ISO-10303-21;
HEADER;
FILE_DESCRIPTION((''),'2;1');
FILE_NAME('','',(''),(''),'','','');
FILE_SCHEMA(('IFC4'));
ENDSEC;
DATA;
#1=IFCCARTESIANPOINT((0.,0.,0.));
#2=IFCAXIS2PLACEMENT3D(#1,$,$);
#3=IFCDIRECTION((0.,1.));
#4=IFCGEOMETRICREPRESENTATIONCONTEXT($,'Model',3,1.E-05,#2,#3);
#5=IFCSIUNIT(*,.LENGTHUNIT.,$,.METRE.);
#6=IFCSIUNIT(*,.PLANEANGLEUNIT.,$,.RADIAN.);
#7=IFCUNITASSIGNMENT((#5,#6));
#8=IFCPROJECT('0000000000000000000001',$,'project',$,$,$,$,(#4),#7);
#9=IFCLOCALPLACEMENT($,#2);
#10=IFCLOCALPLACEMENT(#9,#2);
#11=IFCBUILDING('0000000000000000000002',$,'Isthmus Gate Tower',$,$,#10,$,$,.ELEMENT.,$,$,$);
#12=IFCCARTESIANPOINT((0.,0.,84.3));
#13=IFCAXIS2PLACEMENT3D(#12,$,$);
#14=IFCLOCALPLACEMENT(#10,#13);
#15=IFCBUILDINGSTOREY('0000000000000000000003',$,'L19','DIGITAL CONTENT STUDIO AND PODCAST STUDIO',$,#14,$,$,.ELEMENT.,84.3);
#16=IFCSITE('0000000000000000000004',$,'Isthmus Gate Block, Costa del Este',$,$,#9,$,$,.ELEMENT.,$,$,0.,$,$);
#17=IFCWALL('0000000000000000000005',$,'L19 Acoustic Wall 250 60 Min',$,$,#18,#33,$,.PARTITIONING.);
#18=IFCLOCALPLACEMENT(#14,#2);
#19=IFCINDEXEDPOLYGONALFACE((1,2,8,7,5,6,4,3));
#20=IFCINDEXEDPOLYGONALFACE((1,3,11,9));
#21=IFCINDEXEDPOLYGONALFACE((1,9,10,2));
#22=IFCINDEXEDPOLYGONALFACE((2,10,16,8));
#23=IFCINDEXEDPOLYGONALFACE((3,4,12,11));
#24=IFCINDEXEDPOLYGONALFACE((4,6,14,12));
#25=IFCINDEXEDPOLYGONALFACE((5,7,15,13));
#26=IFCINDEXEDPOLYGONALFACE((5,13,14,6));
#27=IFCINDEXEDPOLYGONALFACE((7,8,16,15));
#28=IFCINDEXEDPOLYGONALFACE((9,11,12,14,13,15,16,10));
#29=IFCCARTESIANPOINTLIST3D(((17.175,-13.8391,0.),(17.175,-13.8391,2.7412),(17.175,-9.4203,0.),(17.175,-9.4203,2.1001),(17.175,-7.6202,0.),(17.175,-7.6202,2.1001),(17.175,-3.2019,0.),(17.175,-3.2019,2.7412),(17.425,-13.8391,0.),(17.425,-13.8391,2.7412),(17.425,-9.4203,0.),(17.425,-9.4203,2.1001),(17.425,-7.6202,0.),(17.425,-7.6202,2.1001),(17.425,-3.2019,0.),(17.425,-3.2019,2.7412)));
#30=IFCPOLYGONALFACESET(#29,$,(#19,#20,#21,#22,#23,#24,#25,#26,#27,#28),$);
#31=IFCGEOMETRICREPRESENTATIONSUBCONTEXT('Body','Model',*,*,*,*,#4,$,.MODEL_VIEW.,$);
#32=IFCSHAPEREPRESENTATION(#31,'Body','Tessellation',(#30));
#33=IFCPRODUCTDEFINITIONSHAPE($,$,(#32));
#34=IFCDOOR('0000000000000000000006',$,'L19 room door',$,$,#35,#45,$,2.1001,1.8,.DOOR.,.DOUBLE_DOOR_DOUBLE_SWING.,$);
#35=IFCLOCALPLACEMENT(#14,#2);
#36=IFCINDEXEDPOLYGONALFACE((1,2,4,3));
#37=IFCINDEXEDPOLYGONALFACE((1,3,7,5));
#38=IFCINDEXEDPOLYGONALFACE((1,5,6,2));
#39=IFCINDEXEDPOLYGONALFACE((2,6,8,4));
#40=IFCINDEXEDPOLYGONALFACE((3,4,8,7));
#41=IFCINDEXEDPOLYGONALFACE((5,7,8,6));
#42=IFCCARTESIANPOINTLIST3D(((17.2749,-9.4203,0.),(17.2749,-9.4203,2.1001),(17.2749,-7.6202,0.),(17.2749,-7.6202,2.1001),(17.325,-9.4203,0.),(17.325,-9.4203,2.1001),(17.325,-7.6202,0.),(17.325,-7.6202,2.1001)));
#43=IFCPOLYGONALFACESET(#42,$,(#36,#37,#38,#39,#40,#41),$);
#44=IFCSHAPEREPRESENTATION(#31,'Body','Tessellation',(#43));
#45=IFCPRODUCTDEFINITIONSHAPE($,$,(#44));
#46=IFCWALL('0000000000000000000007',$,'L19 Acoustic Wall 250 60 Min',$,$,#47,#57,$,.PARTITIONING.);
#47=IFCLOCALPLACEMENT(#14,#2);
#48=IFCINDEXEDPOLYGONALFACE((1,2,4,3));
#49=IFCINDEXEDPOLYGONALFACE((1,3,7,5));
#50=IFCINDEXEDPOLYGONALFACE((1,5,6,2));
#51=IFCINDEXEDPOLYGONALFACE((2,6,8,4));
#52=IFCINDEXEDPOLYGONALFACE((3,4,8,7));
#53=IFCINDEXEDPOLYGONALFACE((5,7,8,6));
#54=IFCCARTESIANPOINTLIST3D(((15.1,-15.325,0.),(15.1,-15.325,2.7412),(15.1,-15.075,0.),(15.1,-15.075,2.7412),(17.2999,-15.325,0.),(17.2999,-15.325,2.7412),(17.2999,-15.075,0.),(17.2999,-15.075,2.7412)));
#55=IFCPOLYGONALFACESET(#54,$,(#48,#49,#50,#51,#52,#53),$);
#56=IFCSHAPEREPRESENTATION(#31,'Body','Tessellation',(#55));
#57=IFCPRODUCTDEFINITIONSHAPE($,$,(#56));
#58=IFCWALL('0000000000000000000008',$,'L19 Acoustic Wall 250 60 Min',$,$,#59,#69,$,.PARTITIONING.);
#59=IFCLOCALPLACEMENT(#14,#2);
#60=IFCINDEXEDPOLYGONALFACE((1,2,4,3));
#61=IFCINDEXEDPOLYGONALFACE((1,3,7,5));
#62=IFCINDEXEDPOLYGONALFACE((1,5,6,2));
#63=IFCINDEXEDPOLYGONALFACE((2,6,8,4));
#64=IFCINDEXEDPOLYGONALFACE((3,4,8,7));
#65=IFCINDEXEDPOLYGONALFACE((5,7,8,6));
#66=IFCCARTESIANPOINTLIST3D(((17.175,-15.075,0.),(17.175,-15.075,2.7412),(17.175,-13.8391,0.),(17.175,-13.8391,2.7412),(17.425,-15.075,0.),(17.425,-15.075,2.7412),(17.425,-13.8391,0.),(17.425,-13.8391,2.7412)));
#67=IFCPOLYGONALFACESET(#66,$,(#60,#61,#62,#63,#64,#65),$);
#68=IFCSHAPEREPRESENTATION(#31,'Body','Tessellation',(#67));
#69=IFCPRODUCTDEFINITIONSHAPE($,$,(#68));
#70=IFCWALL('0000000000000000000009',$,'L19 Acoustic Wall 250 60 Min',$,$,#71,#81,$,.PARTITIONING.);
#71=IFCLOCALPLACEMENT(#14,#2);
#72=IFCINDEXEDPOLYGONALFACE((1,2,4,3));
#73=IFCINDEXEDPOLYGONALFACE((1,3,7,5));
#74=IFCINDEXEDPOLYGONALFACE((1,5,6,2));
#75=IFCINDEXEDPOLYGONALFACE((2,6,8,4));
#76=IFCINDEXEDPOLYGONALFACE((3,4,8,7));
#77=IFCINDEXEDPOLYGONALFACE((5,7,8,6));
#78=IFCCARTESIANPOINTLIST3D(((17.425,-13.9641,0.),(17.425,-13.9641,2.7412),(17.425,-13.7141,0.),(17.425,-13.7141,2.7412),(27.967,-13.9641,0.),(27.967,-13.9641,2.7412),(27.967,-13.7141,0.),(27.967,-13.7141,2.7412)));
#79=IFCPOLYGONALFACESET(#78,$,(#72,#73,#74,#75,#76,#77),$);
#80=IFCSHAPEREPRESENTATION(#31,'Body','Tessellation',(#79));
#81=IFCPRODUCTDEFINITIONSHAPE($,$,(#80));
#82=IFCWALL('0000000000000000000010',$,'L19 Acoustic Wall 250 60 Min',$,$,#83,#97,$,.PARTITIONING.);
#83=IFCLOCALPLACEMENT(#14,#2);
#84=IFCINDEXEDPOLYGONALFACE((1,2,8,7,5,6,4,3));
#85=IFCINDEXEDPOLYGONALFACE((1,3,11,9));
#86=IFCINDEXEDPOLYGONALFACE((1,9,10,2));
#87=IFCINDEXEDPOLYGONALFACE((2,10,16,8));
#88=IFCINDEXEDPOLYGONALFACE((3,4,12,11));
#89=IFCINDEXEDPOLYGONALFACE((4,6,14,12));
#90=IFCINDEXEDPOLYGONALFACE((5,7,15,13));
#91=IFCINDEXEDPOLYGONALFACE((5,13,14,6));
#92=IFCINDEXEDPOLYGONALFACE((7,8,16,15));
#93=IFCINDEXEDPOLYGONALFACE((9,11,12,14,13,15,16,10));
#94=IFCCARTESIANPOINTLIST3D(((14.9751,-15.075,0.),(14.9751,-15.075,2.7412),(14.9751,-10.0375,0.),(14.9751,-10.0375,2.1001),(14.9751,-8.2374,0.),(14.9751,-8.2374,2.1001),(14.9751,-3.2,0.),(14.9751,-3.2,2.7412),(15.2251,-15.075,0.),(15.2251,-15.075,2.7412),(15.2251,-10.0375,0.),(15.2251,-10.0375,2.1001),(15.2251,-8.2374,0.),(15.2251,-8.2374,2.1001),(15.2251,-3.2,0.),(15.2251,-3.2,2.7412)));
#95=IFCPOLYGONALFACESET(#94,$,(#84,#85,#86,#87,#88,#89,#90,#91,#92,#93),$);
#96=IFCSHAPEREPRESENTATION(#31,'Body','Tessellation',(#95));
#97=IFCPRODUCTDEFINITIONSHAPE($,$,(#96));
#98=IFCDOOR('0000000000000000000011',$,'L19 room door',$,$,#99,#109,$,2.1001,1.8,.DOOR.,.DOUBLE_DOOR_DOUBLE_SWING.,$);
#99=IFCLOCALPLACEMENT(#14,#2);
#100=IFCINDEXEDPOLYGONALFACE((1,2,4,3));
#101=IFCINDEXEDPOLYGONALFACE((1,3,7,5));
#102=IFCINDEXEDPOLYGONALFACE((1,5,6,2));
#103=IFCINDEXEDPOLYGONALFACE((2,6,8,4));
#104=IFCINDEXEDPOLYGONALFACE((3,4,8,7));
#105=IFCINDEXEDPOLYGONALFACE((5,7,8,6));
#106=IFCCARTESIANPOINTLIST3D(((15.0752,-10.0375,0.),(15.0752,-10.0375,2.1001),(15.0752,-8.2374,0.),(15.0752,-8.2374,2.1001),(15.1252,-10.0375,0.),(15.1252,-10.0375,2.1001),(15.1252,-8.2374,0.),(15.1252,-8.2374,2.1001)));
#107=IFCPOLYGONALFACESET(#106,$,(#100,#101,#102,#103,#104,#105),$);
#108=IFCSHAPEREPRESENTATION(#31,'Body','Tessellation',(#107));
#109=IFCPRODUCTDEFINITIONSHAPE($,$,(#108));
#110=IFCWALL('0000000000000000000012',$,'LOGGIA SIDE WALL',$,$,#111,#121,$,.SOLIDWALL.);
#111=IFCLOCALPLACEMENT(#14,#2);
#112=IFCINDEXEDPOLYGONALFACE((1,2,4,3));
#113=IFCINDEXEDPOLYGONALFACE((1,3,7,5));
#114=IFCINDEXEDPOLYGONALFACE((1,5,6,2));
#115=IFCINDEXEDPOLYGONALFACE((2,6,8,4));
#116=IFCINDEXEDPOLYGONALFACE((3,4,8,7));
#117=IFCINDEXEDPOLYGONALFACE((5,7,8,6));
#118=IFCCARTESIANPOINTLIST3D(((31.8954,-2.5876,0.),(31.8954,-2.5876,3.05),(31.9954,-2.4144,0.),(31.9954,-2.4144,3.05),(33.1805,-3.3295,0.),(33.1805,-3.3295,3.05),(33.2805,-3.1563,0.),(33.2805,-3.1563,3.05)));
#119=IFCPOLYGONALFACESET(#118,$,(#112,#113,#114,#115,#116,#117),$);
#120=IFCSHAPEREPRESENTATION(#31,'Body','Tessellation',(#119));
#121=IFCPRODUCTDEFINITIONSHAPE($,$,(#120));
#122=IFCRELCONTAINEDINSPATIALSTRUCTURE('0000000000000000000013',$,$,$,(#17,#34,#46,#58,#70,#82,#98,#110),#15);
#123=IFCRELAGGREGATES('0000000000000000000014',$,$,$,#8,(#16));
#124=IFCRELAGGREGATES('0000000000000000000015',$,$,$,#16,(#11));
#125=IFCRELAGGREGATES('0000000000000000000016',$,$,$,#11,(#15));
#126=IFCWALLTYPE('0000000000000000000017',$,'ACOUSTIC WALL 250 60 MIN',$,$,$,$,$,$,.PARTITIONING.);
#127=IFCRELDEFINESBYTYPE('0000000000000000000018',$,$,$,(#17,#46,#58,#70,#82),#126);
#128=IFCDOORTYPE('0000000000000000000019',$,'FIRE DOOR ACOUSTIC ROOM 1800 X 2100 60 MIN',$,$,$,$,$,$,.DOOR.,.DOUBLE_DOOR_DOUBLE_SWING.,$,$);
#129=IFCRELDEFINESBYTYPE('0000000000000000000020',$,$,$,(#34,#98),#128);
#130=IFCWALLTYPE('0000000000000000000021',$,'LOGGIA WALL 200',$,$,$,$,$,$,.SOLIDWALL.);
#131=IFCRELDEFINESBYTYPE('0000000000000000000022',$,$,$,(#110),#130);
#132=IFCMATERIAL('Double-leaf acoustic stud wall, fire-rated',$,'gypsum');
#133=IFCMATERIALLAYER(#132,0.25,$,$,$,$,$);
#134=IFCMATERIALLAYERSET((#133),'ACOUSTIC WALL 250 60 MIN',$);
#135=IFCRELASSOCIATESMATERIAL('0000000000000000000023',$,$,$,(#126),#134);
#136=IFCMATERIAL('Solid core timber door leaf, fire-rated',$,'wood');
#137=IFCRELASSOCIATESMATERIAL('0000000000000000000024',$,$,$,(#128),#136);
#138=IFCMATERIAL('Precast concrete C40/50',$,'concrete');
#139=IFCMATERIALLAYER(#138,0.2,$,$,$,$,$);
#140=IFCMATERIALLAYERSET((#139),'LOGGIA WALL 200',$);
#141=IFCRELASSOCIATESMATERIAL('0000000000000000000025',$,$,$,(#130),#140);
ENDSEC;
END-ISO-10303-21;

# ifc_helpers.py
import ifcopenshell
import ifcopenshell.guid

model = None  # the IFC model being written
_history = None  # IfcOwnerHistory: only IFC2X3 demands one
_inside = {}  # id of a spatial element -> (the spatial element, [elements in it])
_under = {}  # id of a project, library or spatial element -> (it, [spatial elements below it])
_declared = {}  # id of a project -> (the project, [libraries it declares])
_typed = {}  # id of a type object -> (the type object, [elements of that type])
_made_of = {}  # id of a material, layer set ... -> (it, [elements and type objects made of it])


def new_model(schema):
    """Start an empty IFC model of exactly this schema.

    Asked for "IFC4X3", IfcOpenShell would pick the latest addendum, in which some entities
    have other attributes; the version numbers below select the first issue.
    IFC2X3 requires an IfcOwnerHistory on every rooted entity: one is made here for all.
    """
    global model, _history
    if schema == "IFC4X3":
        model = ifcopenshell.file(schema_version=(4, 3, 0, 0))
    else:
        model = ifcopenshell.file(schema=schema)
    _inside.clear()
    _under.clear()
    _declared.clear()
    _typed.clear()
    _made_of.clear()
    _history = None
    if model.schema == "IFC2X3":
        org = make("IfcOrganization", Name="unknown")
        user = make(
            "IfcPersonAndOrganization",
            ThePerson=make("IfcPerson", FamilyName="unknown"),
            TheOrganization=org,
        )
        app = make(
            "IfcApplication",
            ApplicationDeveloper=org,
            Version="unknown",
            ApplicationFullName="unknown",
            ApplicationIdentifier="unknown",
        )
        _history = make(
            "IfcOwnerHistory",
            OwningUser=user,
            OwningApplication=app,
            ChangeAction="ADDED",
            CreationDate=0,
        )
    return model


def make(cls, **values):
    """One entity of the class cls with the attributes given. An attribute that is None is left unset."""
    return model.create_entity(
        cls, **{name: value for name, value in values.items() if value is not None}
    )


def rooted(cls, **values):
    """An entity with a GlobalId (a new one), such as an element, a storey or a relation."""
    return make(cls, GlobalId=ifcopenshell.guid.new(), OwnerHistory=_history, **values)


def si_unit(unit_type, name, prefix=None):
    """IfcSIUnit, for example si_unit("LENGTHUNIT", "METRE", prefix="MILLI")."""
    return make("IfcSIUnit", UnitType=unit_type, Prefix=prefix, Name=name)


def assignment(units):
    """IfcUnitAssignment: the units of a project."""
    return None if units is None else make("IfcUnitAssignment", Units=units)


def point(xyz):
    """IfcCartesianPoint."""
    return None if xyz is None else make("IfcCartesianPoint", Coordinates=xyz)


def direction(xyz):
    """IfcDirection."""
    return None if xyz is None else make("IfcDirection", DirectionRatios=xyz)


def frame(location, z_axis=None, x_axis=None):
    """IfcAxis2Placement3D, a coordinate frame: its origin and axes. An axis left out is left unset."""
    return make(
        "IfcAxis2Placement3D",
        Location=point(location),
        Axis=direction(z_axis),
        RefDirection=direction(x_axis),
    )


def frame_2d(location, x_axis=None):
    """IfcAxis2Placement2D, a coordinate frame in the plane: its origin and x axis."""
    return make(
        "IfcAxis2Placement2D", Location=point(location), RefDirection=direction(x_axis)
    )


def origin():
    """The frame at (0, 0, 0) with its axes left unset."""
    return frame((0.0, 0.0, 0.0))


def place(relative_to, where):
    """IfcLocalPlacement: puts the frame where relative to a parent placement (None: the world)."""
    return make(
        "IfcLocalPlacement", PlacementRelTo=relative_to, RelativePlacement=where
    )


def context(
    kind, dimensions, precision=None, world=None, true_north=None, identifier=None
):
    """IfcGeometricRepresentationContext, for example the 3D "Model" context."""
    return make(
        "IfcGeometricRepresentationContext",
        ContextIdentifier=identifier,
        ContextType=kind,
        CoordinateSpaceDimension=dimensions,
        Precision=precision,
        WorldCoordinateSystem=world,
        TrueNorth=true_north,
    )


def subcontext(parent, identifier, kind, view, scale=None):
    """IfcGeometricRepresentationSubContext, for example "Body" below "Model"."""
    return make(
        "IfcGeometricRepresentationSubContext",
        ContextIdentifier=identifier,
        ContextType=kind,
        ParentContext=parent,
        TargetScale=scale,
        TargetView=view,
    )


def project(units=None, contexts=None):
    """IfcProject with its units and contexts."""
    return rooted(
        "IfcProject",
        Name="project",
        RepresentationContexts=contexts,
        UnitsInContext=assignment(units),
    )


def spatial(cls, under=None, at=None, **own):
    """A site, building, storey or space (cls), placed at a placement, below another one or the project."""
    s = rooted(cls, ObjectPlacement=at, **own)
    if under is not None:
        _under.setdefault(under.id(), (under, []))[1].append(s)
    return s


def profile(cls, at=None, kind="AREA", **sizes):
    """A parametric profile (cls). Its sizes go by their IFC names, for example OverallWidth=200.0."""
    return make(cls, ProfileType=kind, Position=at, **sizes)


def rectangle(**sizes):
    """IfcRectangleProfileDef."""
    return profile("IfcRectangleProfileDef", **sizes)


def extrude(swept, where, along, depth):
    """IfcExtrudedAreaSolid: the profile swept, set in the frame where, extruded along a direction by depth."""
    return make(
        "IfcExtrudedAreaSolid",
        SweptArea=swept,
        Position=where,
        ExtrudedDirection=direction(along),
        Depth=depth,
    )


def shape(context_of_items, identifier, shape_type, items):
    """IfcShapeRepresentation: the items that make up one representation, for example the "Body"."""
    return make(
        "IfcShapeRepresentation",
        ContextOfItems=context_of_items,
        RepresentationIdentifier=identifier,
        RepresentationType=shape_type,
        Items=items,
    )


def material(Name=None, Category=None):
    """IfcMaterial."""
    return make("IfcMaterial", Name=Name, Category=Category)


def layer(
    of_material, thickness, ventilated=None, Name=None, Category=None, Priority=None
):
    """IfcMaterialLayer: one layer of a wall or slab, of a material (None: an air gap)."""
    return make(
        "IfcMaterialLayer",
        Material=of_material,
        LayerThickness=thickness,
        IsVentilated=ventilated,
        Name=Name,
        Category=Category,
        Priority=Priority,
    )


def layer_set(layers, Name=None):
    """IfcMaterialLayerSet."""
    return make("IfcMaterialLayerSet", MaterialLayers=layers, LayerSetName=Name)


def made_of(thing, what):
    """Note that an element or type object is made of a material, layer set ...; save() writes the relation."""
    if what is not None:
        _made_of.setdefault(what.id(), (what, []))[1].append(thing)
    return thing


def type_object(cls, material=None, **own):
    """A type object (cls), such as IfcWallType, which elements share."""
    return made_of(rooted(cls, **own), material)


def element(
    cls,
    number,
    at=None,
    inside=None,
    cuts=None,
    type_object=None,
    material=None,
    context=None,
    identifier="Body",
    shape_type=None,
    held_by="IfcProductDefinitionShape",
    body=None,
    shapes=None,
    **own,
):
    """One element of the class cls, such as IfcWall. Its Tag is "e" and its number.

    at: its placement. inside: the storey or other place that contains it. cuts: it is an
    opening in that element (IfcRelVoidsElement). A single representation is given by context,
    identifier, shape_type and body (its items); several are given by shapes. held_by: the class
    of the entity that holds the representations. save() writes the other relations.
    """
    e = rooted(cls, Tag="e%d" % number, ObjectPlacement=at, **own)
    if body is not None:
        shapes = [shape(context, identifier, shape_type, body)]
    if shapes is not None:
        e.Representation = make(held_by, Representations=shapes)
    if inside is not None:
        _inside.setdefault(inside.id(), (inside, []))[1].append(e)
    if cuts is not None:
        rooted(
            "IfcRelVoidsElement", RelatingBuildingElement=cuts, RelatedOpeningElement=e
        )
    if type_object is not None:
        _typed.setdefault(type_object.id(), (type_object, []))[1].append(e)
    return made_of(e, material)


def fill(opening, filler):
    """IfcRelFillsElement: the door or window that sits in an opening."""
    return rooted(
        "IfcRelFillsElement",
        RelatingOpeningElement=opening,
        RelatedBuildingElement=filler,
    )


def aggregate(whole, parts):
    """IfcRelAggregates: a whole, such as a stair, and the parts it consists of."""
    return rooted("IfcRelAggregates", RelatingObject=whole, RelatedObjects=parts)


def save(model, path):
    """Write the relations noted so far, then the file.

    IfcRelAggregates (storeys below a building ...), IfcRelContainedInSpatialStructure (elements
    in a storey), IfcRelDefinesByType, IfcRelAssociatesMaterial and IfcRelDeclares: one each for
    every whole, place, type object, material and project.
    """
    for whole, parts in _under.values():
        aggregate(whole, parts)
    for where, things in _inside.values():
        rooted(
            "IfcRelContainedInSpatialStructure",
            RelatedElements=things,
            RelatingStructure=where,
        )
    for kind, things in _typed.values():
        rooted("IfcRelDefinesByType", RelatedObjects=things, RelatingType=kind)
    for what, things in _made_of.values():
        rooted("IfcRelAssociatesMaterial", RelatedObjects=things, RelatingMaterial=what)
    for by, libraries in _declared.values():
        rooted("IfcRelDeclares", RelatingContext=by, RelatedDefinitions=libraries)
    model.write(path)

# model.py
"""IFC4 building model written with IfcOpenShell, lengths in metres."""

from ifc_helpers import new_model, si_unit, direction, frame, frame_2d, origin, place, context, subcontext, project, spatial, rectangle, extrude, material, layer, layer_set, type_object, element, fill, save


model = new_model("IFC4")

# Units and contexts
model_context = context("Model", 3, precision=1e-05, world=origin(), true_north=direction((0.0, 1.0)))
body_context = subcontext(model_context, "Body", "Model", "MODEL_VIEW")
ifc_project = project(units=[si_unit("LENGTHUNIT", "METRE"), si_unit("PLANEANGLEUNIT", "RADIAN")], contexts=[model_context])

# Site, building, storey
site_placement = place(None, origin())
site = spatial("IfcSite", under=ifc_project, at=site_placement, Name="Isthmus Gate Block, Costa del Este", CompositionType="ELEMENT", RefElevation=0.0)
building_placement = place(site_placement, origin())
building = spatial("IfcBuilding", under=site, at=building_placement, Name="Isthmus Gate Tower", CompositionType="ELEMENT")
storey_placement = place(building_placement, frame((0.0, 0.0, 84.3)))
storey = spatial("IfcBuildingStorey", under=building, at=storey_placement, Name="L19", Description="DIGITAL CONTENT STUDIO AND PODCAST STUDIO", CompositionType="ELEMENT", Elevation=84.3)

# Wall, opening, door
ifc_material_1 = material(Name="Double-leaf acoustic stud wall, fire-rated", Category="gypsum")
ifc_layer_1 = layer(ifc_material_1, 0.25)
ifc_layer_set_1 = layer_set([ifc_layer_1], Name="ACOUSTIC WALL 250 60 MIN")
wall_type_1 = type_object("IfcWallType", Name="ACOUSTIC WALL 250 60 MIN", PredefinedType="PARTITIONING", material=ifc_layer_set_1)
wall_1_placement = place(storey_placement, frame((17.3, -3.2019, 0.0), z_axis=(0.0, 0.0, 1.0), x_axis=(0.0, -1.0, 0.0)))
wall_1 = element("IfcWall", 1, at=wall_1_placement, inside=storey, type_object=wall_type_1, Name="L19 Acoustic Wall 250 60 Min", PredefinedType="PARTITIONING", context=body_context, shape_type="SweptSolid", body=[
    extrude(rectangle(XDim=10.6372, YDim=0.25, at=frame_2d((5.3186, 0.0))), origin(), (0.0, 0.0, 1.0), 2.7412),
])
opening_1_placement = place(wall_1_placement, frame((4.4185, 0.0, 0.0)))
opening_1 = element("IfcOpeningElement", 2, at=opening_1_placement, cuts=wall_1, PredefinedType="OPENING", context=body_context, shape_type="SweptSolid", body=[
    extrude(rectangle(XDim=1.8, YDim=2.1001, at=frame_2d((0.8999, 1.05))), frame((0.0, 0.135, 0.0), z_axis=(0.0, -1.0, 0.0), x_axis=(1.0, 0.0, 0.0)), (0.0, 0.0, 1.0), 0.27),
])
ifc_material_2 = material(Name="Solid core timber door leaf, fire-rated", Category="wood")
door_type = type_object("IfcDoorType", Name="FIRE DOOR ACOUSTIC ROOM 1800 X 2100 60 MIN", OperationType="DOUBLE_DOOR_DOUBLE_SWING", PredefinedType="DOOR", material=ifc_material_2)
door_1_placement = place(opening_1_placement, origin())
door_1 = element("IfcDoor", 3, at=door_1_placement, inside=storey, type_object=door_type, Name="L19 room door", OperationType="DOUBLE_DOOR_DOUBLE_SWING", OverallHeight=2.1001, OverallWidth=1.8, PredefinedType="DOOR", context=body_context, shape_type="SweptSolid", body=[
    extrude(rectangle(XDim=1.8, YDim=2.1001, at=frame_2d((0.8999, 1.05))), frame((0.0, 0.0249, 0.0), z_axis=(0.0, -1.0, 0.0), x_axis=(1.0, 0.0, 0.0)), (0.0, 0.0, 1.0), 0.05),
])
fill(opening_1, door_1)

# Walls
wall_2_placement = place(storey_placement, frame((17.3, -15.2, 0.0), z_axis=(0.0, 0.0, 1.0), x_axis=(-1.0, 0.0, 0.0)))
element("IfcWall", 4, at=wall_2_placement, inside=storey, type_object=wall_type_1, Name="L19 Acoustic Wall 250 60 Min", PredefinedType="PARTITIONING", context=body_context, shape_type="SweptSolid", body=[
    extrude(rectangle(XDim=2.2, YDim=0.25, at=frame_2d((1.1001, 0.0))), origin(), (0.0, 0.0, 1.0), 2.7412),
])
wall_3_placement = place(storey_placement, frame((17.3, -13.8391, 0.0), z_axis=(0.0, 0.0, 1.0), x_axis=(0.0, -1.0, 0.0)))
element("IfcWall", 5, at=wall_3_placement, inside=storey, type_object=wall_type_1, Name="L19 Acoustic Wall 250 60 Min", PredefinedType="PARTITIONING", context=body_context, shape_type="SweptSolid", body=[
    extrude(rectangle(XDim=1.2358, YDim=0.25, at=frame_2d((0.6179, 0.0))), origin(), (0.0, 0.0, 1.0), 2.7412),
])
wall_4_placement = place(storey_placement, frame((17.425, -13.8391, 0.0), z_axis=(0.0, 0.0, 1.0), x_axis=(1.0, 0.0, 0.0)))
element("IfcWall", 6, at=wall_4_placement, inside=storey, type_object=wall_type_1, Name="L19 Acoustic Wall 250 60 Min", PredefinedType="PARTITIONING", context=body_context, shape_type="SweptSolid", body=[
    extrude(rectangle(XDim=10.542, YDim=0.25, at=frame_2d((5.271, 0.0))), origin(), (0.0, 0.0, 1.0), 2.7412),
])

# Wall, opening, door
wall_5_placement = place(storey_placement, frame((15.1001, -15.075, 0.0), z_axis=(0.0, 0.0, 1.0), x_axis=(0.0, 1.0, 0.0)))
wall_5 = element("IfcWall", 7, at=wall_5_placement, inside=storey, type_object=wall_type_1, Name="L19 Acoustic Wall 250 60 Min", PredefinedType="PARTITIONING", context=body_context, shape_type="SweptSolid", body=[
    extrude(rectangle(XDim=11.875, YDim=0.25, at=frame_2d((5.9375, 0.0))), origin(), (0.0, 0.0, 1.0), 2.7412),
])
opening_2_placement = place(wall_5_placement, frame((5.0376, 0.0, 0.0)))
opening_2 = element("IfcOpeningElement", 8, at=opening_2_placement, cuts=wall_5, PredefinedType="OPENING", context=body_context, shape_type="SweptSolid", body=[
    extrude(rectangle(XDim=1.8, YDim=2.1001, at=frame_2d((0.8999, 1.05))), frame((0.0, 0.135, 0.0), z_axis=(0.0, -1.0, 0.0), x_axis=(1.0, 0.0, 0.0)), (0.0, 0.0, 1.0), 0.27),
])
door_2_placement = place(opening_2_placement, origin())
door_2 = element("IfcDoor", 9, at=door_2_placement, inside=storey, type_object=door_type, Name="L19 room door", OperationType="DOUBLE_DOOR_DOUBLE_SWING", OverallHeight=2.1001, OverallWidth=1.8, PredefinedType="DOOR", context=body_context, shape_type="SweptSolid", body=[
    extrude(rectangle(XDim=1.8, YDim=2.1001, at=frame_2d((0.8999, 1.05))), frame((0.0, 0.0249, 0.0), z_axis=(0.0, -1.0, 0.0), x_axis=(1.0, 0.0, 0.0)), (0.0, 0.0, 1.0), 0.05),
])
fill(opening_2, door_2)

# Wall
ifc_material_3 = material(Name="Precast concrete C40/50", Category="concrete")
ifc_layer_2 = layer(ifc_material_3, 0.2)
ifc_layer_set_2 = layer_set([ifc_layer_2], Name="LOGGIA WALL 200")
wall_type_2 = type_object("IfcWallType", Name="LOGGIA WALL 200", PredefinedType="SOLIDWALL", material=ifc_layer_set_2)
wall_6_placement = place(storey_placement, frame((33.2305, -3.2429, 0.0), z_axis=(0.0, 0.0, 1.0), x_axis=(-0.866038, 0.499979, 0.0)))
element("IfcWall", 10, at=wall_6_placement, inside=storey, type_object=wall_type_2, Name="LOGGIA SIDE WALL", PredefinedType="SOLIDWALL", context=body_context, shape_type="SweptSolid", body=[
    extrude(rectangle(XDim=1.4839, YDim=0.2, at=frame_2d((0.7419, 0.0))), origin(), (0.0, 0.0, 1.0), 3.05),
])

save(model, "model.ifc")
